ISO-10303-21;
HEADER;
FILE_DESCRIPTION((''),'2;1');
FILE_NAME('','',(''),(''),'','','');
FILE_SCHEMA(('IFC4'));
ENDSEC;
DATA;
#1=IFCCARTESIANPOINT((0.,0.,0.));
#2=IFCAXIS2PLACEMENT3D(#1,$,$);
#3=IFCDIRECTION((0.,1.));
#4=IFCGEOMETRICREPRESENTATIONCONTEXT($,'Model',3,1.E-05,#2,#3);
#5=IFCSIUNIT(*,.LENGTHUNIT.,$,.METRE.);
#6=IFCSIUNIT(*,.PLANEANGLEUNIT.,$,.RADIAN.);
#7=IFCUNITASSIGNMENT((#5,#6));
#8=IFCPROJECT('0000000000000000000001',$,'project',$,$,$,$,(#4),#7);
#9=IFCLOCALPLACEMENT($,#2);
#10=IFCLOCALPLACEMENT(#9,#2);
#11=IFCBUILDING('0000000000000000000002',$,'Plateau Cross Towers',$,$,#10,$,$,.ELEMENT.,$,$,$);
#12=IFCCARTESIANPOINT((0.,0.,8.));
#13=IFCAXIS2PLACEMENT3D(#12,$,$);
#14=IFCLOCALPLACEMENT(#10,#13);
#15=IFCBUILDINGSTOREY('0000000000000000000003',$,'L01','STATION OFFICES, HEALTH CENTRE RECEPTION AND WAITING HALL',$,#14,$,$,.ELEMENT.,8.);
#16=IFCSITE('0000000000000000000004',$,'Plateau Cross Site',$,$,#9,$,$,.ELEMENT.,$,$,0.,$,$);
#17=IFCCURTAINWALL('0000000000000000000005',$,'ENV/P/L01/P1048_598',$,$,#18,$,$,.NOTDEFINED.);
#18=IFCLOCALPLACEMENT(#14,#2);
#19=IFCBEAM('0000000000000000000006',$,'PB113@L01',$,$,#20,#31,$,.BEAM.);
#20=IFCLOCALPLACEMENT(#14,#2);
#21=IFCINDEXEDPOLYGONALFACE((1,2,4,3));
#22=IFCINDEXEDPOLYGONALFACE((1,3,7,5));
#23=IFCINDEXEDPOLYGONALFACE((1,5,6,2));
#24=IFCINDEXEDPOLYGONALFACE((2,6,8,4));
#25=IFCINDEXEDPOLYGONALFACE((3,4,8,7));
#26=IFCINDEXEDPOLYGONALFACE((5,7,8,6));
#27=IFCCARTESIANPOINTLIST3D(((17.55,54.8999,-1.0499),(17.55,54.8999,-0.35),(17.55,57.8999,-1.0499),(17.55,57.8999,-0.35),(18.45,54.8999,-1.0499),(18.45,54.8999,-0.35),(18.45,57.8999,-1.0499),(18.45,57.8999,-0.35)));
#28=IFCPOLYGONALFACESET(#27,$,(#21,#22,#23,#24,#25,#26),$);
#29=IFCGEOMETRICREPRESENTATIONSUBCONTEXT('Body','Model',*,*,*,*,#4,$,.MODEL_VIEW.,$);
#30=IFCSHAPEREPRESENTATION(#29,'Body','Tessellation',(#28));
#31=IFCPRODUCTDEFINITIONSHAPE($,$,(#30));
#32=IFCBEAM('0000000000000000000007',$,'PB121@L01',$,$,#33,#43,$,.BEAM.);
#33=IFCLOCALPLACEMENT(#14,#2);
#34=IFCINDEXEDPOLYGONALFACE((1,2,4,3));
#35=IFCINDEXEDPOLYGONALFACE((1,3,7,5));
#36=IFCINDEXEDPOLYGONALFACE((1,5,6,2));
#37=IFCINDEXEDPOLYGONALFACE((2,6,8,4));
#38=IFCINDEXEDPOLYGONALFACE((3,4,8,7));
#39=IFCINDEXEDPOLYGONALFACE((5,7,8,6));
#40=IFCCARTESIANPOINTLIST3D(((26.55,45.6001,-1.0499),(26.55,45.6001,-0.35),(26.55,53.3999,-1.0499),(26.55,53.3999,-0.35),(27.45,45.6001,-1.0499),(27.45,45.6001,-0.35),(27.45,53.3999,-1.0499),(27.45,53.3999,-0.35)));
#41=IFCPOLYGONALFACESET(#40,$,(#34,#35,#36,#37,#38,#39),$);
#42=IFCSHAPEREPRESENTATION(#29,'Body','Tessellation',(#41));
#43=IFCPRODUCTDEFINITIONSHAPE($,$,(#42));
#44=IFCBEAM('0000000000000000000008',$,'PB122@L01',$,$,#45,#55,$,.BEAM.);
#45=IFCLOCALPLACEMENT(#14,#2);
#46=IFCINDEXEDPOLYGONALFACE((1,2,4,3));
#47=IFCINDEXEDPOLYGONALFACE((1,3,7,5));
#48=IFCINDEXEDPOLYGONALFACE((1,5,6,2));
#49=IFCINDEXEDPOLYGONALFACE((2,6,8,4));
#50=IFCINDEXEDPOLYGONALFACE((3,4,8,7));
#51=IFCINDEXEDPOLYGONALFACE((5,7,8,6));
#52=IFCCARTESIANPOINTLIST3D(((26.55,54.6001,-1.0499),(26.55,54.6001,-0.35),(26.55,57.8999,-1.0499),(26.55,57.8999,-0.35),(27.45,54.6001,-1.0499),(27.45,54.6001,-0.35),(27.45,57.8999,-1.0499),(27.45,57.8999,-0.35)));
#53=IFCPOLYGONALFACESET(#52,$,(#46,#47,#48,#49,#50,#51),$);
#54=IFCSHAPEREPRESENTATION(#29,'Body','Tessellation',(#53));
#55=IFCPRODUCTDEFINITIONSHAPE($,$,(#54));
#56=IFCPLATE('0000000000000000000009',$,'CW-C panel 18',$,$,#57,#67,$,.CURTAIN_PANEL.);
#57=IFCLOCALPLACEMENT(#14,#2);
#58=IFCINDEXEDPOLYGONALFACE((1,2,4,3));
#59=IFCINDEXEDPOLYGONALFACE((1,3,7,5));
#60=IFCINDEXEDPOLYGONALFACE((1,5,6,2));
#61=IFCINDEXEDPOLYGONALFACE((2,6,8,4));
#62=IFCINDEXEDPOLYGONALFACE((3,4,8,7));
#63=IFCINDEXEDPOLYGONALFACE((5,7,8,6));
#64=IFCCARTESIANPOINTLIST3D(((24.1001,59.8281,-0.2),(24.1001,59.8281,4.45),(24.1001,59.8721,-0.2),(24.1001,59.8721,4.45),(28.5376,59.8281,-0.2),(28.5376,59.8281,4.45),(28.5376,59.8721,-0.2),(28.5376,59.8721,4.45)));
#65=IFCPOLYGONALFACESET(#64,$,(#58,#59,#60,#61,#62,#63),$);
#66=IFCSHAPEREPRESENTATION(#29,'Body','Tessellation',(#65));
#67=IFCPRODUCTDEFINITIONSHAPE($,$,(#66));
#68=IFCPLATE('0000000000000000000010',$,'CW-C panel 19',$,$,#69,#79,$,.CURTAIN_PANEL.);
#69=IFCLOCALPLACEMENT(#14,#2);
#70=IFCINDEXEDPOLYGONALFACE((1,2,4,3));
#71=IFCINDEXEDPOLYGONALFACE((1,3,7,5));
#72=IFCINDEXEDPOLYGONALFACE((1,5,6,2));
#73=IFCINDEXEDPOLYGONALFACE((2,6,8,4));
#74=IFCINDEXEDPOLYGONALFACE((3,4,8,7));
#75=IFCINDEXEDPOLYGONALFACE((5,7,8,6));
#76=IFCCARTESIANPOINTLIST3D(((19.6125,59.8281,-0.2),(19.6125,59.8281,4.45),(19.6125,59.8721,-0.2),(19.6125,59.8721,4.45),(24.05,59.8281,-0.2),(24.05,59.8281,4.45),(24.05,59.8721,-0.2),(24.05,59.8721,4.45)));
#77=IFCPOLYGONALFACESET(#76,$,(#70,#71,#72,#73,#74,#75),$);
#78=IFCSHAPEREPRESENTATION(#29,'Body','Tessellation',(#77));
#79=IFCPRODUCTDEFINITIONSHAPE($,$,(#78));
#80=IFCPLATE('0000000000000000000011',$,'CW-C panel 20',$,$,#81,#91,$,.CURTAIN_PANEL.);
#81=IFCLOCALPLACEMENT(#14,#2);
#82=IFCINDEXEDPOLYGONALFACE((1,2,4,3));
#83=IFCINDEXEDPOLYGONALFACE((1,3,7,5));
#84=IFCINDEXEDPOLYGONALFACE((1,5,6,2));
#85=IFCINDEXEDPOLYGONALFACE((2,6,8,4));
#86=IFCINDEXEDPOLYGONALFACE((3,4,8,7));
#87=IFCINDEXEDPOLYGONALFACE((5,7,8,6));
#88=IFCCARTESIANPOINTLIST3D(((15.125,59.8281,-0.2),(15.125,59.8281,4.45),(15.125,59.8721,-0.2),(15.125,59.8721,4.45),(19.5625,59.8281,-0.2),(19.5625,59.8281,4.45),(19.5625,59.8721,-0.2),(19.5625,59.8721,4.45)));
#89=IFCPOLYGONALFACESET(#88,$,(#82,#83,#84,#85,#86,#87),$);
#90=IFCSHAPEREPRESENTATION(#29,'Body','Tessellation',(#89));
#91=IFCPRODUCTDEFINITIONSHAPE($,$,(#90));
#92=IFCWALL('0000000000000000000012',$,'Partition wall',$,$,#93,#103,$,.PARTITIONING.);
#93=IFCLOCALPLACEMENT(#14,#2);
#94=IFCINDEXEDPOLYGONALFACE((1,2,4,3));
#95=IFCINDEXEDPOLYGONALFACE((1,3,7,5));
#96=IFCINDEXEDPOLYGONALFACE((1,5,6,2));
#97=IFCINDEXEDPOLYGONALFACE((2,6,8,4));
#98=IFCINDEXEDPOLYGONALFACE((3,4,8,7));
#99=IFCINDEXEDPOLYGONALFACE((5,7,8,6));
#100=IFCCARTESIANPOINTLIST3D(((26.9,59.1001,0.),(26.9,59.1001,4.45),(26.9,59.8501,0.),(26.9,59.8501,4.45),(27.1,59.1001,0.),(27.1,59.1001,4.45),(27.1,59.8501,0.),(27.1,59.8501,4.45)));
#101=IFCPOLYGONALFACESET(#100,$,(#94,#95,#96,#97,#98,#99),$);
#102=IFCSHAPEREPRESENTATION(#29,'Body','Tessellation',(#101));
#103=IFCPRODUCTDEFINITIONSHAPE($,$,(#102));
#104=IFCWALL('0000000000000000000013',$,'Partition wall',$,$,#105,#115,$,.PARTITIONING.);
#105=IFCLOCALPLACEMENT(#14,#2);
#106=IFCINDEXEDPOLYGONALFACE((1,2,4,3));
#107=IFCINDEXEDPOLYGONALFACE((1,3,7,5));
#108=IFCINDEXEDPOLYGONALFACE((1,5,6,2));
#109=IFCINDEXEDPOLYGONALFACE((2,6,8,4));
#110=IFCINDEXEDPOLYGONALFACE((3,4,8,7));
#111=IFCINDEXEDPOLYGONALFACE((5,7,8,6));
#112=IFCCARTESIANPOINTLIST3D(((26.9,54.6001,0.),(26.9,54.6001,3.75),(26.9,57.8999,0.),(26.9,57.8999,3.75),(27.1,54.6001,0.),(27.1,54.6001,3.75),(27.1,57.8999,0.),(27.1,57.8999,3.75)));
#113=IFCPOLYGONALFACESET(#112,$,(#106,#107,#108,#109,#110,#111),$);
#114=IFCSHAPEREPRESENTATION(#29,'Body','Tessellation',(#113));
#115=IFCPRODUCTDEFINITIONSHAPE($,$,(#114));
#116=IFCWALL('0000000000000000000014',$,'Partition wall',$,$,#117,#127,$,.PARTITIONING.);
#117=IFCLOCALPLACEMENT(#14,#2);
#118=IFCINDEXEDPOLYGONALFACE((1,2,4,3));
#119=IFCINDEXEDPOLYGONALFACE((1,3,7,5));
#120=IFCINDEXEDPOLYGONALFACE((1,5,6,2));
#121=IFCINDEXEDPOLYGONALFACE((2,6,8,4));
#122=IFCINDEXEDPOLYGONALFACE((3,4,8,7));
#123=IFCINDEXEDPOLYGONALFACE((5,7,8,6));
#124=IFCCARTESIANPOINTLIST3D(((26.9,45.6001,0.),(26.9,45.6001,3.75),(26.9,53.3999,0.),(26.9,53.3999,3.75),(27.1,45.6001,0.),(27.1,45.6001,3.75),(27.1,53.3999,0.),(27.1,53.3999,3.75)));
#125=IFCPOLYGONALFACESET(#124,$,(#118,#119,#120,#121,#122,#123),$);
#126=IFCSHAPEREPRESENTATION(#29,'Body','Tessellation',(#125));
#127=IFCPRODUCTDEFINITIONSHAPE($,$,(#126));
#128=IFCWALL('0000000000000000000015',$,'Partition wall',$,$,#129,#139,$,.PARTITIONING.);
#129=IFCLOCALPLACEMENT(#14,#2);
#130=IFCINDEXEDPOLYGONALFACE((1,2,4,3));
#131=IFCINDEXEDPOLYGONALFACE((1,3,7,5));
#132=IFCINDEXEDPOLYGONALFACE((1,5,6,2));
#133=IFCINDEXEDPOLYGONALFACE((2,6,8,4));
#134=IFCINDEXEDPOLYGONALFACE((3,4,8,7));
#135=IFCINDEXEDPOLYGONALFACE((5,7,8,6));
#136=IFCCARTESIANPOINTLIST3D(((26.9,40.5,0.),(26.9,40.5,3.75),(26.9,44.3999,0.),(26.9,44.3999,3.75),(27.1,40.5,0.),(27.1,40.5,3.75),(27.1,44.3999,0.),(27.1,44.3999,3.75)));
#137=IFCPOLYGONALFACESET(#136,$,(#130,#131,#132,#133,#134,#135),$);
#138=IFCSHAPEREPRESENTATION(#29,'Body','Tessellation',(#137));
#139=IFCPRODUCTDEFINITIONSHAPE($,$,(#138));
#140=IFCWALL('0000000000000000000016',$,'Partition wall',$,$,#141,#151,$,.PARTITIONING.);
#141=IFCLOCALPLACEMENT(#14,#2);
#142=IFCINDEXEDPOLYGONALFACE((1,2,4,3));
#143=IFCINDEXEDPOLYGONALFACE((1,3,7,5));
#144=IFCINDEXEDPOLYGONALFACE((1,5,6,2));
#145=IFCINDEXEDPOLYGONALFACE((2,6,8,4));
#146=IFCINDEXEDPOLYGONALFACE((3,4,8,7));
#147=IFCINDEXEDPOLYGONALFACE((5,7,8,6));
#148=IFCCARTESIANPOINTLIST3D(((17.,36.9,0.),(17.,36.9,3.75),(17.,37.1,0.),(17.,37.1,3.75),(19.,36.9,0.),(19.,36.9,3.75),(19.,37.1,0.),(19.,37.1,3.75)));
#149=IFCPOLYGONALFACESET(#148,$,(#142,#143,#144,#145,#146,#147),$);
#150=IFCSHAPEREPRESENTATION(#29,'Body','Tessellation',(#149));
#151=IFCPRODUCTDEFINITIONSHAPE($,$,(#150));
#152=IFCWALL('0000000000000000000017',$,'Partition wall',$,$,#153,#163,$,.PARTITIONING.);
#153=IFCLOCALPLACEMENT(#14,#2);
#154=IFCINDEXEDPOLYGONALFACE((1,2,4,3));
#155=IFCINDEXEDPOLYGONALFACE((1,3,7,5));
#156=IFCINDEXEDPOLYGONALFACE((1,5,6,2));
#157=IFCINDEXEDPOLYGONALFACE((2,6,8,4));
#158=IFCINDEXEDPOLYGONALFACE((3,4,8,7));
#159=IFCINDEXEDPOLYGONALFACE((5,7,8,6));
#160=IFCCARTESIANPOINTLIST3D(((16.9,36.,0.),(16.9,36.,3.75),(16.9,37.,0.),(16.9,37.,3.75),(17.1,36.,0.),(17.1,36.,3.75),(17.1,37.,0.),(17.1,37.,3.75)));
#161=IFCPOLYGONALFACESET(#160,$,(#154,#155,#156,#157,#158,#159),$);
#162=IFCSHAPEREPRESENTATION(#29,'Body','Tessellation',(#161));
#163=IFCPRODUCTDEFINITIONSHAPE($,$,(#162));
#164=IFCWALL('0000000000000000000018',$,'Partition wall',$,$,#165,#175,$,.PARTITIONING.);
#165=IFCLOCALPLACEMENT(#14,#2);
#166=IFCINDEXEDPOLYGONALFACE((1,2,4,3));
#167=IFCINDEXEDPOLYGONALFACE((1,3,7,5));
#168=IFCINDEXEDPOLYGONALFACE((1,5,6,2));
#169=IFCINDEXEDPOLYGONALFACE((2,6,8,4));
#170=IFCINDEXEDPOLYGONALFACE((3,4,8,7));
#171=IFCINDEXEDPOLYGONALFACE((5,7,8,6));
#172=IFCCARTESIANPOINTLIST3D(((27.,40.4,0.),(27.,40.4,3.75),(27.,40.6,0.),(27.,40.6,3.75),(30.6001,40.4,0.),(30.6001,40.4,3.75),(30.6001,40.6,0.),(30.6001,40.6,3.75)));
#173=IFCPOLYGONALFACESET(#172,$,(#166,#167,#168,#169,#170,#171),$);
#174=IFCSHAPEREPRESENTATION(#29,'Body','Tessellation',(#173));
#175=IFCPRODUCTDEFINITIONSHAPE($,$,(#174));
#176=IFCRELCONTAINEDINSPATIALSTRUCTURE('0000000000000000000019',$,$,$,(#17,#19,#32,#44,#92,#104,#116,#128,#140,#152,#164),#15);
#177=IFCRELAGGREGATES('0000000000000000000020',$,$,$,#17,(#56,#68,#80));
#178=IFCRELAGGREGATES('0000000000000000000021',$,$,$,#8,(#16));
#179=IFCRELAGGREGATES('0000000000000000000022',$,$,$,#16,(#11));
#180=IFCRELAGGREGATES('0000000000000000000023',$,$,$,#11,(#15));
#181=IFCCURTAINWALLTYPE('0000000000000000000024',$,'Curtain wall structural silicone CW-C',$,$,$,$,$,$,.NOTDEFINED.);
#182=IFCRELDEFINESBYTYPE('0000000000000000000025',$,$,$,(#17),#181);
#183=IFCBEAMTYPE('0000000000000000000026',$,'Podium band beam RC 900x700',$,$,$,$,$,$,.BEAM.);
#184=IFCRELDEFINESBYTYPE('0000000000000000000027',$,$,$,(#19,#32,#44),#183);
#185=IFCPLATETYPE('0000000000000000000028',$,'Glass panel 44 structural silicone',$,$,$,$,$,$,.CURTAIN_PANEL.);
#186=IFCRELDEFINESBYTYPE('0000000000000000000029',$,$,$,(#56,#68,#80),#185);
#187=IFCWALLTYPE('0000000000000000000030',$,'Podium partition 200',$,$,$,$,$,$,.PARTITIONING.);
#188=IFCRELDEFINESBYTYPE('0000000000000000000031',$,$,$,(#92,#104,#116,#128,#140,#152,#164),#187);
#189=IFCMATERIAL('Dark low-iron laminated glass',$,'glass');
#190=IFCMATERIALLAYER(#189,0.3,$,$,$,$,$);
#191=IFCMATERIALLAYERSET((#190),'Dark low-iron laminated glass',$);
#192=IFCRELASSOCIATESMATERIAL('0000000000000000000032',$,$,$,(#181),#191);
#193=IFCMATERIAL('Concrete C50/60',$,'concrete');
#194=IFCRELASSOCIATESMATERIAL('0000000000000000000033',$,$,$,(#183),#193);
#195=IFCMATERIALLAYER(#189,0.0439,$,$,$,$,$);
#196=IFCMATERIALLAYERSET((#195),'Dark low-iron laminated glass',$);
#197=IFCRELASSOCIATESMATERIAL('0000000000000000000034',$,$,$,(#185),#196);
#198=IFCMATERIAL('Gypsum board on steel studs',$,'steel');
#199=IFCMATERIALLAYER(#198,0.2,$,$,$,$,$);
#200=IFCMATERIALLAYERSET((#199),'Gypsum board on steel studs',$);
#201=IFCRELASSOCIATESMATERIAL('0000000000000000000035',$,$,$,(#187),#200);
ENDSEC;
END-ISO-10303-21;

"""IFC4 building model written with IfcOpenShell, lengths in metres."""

from ifc_helpers import new_model, si_unit, direction, frame, frame_2d, origin, origin_2d, place, context, subcontext, project, spatial, rectangle, extrude, material, layer, layer_set, material_profile, profile_set, type_object, element, aggregate, save


model = new_model("IFC4")

# Units and contexts
model_context = context("Model", 3, precision=1e-05, world=origin(), true_north=direction((0.0, 1.0)))
body_context = subcontext(model_context, "Body", "Model", "MODEL_VIEW")
ifc_project = project(units=[si_unit("LENGTHUNIT", "METRE"), si_unit("PLANEANGLEUNIT", "RADIAN")], contexts=[model_context])

# Site, building, storey
site_placement = place(None, origin())
site = spatial("IfcSite", under=ifc_project, at=site_placement, Name="Plateau Cross Site", CompositionType="ELEMENT", RefElevation=0.0)
building_placement = place(site_placement, origin())
building = spatial("IfcBuilding", under=site, at=building_placement, Name="Plateau Cross Towers", CompositionType="ELEMENT")
storey_placement = place(building_placement, frame((0.0, 0.0, 8.0)))
storey = spatial("IfcBuildingStorey", under=building, at=storey_placement, Name="L01", Description="STATION OFFICES, HEALTH CENTRE RECEPTION AND WAITING HALL", CompositionType="ELEMENT", Elevation=8.0)

# Curtain wall
ifc_material_1 = material(Name="Dark low-iron laminated glass", Category="glass")
ifc_layer_1 = layer(ifc_material_1, 0.3)
ifc_layer_set_1 = layer_set([ifc_layer_1], Name="Dark low-iron laminated glass")
curtain_wall_type = type_object("IfcCurtainWallType", Name="Curtain wall structural silicone CW-C", PredefinedType="NOTDEFINED", material=ifc_layer_set_1)
curtain_wall_placement = place(storey_placement, origin())
curtain_wall = element("IfcCurtainWall", 1, at=curtain_wall_placement, inside=storey, type_object=curtain_wall_type, Name="ENV/P/L01/P1048_598", PredefinedType="NOTDEFINED")

# Beams
ifc_material_2 = material(Name="Concrete C50/60", Category="concrete")
ifc_material_profile_1 = material_profile(ifc_material_2, rectangle(XDim=0.8999, YDim=0.7, at=origin_2d()), Name="RC 900x700")
ifc_profile_set_1 = profile_set([ifc_material_profile_1], Name="Concrete C50/60")
beam_type = type_object("IfcBeamType", Name="Podium band beam RC 900x700", PredefinedType="BEAM", material=ifc_profile_set_1)
beam_1_placement = place(storey_placement, frame((18.0, 54.8999, -0.7), z_axis=(0.0, 1.0, 0.0), x_axis=(-1.0, 0.0, 0.0)))
element("IfcBeam", 2, at=beam_1_placement, inside=storey, type_object=beam_type, Name="PB113@L01", PredefinedType="BEAM", context=body_context, shape_type="SweptSolid", body=[
    extrude(rectangle(XDim=0.8999, YDim=0.7, at=origin_2d()), origin(), (0.0, 0.0, 1.0), 3.0),
])
beam_2_placement = place(storey_placement, frame((27.0, 45.6001, -0.7), z_axis=(0.0, 1.0, 0.0), x_axis=(-1.0, 0.0, 0.0)))
element("IfcBeam", 3, at=beam_2_placement, inside=storey, type_object=beam_type, Name="PB121@L01", PredefinedType="BEAM", context=body_context, shape_type="SweptSolid", body=[
    extrude(rectangle(XDim=0.8999, YDim=0.7, at=origin_2d()), origin(), (0.0, 0.0, 1.0), 7.7998),
])
beam_3_placement = place(storey_placement, frame((27.0, 54.6001, -0.7), z_axis=(0.0, 1.0, 0.0), x_axis=(-1.0, 0.0, 0.0)))
element("IfcBeam", 4, at=beam_3_placement, inside=storey, type_object=beam_type, Name="PB122@L01", PredefinedType="BEAM", context=body_context, shape_type="SweptSolid", body=[
    extrude(rectangle(XDim=0.8999, YDim=0.7, at=origin_2d()), origin(), (0.0, 0.0, 1.0), 3.2998),
])

# Plates
ifc_layer_2 = layer(ifc_material_1, 0.0439)
ifc_layer_set_2 = layer_set([ifc_layer_2], Name="Dark low-iron laminated glass")
plate_type = type_object("IfcPlateType", Name="Glass panel 44 structural silicone", PredefinedType="CURTAIN_PANEL", material=ifc_layer_set_2)
plate_1_placement = place(storey_placement, frame((26.3188, 59.8501, -0.2), z_axis=(0.0, 0.0, 1.0), x_axis=(-1.0, 0.0, 0.0)))
plate_1 = element("IfcPlate", 5, at=plate_1_placement, type_object=plate_type, Name="CW-C panel 18", PredefinedType="CURTAIN_PANEL", context=body_context, shape_type="SweptSolid", body=[
    extrude(rectangle(XDim=4.4375, YDim=0.0439, at=origin_2d()), origin(), (0.0, 0.0, 1.0), 4.6499),
])
plate_2_placement = place(storey_placement, frame((21.8313, 59.8501, -0.2), z_axis=(0.0, 0.0, 1.0), x_axis=(-1.0, 0.0, 0.0)))
plate_2 = element("IfcPlate", 6, at=plate_2_placement, type_object=plate_type, Name="CW-C panel 19", PredefinedType="CURTAIN_PANEL", context=body_context, shape_type="SweptSolid", body=[
    extrude(rectangle(XDim=4.4375, YDim=0.0439, at=origin_2d()), origin(), (0.0, 0.0, 1.0), 4.6499),
])
plate_3_placement = place(storey_placement, frame((17.3438, 59.8501, -0.2), z_axis=(0.0, 0.0, 1.0), x_axis=(-1.0, 0.0, 0.0)))
plate_3 = element("IfcPlate", 7, at=plate_3_placement, type_object=plate_type, Name="CW-C panel 20", PredefinedType="CURTAIN_PANEL", context=body_context, shape_type="SweptSolid", body=[
    extrude(rectangle(XDim=4.4375, YDim=0.0439, at=origin_2d()), origin(), (0.0, 0.0, 1.0), 4.6499),
])
aggregate(curtain_wall, [plate_1, plate_2, plate_3])

# Walls
ifc_material_3 = material(Name="Gypsum board on steel studs", Category="steel")
ifc_layer_3 = layer(ifc_material_3, 0.2)
ifc_layer_set_3 = layer_set([ifc_layer_3], Name="Gypsum board on steel studs")
wall_type_1 = type_object("IfcWallType", Name="Podium partition 200", PredefinedType="PARTITIONING", material=ifc_layer_set_3)
wall_1_placement = place(storey_placement, frame((27.0, 59.8501, 0.0), z_axis=(0.0, 0.0, 1.0), x_axis=(0.0, -1.0, 0.0)))
element("IfcWall", 8, at=wall_1_placement, inside=storey, type_object=wall_type_1, Name="Partition wall", PredefinedType="PARTITIONING", context=body_context, shape_type="SweptSolid", body=[
    extrude(rectangle(XDim=0.75, YDim=0.2, at=frame_2d((0.375, 0.0))), origin(), (0.0, 0.0, 1.0), 4.45),
])
wall_2_placement = place(storey_placement, frame((27.0, 57.8999, 0.0), z_axis=(0.0, 0.0, 1.0), x_axis=(0.0, -1.0, 0.0)))
element("IfcWall", 9, at=wall_2_placement, inside=storey, type_object=wall_type_1, Name="Partition wall", PredefinedType="PARTITIONING", context=body_context, shape_type="SweptSolid", body=[
    extrude(rectangle(XDim=3.2998, YDim=0.2, at=frame_2d((1.6499, 0.0))), origin(), (0.0, 0.0, 1.0), 3.75),
])
wall_3_placement = place(storey_placement, frame((27.0, 53.3999, 0.0), z_axis=(0.0, 0.0, 1.0), x_axis=(0.0, -1.0, 0.0)))
element("IfcWall", 10, at=wall_3_placement, inside=storey, type_object=wall_type_1, Name="Partition wall", PredefinedType="PARTITIONING", context=body_context, shape_type="SweptSolid", body=[
    extrude(rectangle(XDim=7.7998, YDim=0.2, at=frame_2d((3.8999, 0.0))), origin(), (0.0, 0.0, 1.0), 3.75),
])
wall_4_placement = place(storey_placement, frame((27.0, 44.3999, 0.0), z_axis=(0.0, 0.0, 1.0), x_axis=(0.0, -1.0, 0.0)))
element("IfcWall", 11, at=wall_4_placement, inside=storey, type_object=wall_type_1, Name="Partition wall", PredefinedType="PARTITIONING", context=body_context, shape_type="SweptSolid", body=[
    extrude(rectangle(XDim=3.8999, YDim=0.2, at=frame_2d((1.95, 0.0))), origin(), (0.0, 0.0, 1.0), 3.75),
])
wall_5_placement = place(storey_placement, frame((19.0, 37.0, 0.0), z_axis=(0.0, 0.0, 1.0), x_axis=(-1.0, 0.0, 0.0)))
element("IfcWall", 12, at=wall_5_placement, inside=storey, type_object=wall_type_1, Name="Partition wall", PredefinedType="PARTITIONING", context=body_context, shape_type="SweptSolid", body=[
    extrude(rectangle(XDim=2.0, YDim=0.2, at=frame_2d((1.0, 0.0))), origin(), (0.0, 0.0, 1.0), 3.75),
])
wall_6_placement = place(storey_placement, frame((17.0, 37.0, 0.0), z_axis=(0.0, 0.0, 1.0), x_axis=(0.0, -1.0, 0.0)))
element("IfcWall", 13, at=wall_6_placement, inside=storey, type_object=wall_type_1, Name="Partition wall", PredefinedType="PARTITIONING", context=body_context, shape_type="SweptSolid", body=[
    extrude(rectangle(XDim=1.0, YDim=0.2, at=frame_2d((0.5, 0.0))), origin(), (0.0, 0.0, 1.0), 3.75),
])
wall_7_placement = place(storey_placement, frame((27.0, 40.5, 0.0), z_axis=(0.0, 0.0, 1.0), x_axis=(1.0, 0.0, 0.0)))
element("IfcWall", 14, at=wall_7_placement, inside=storey, type_object=wall_type_1, Name="Partition wall", PredefinedType="PARTITIONING", context=body_context, shape_type="SweptSolid", body=[
    extrude(rectangle(XDim=3.6001, YDim=0.2, at=frame_2d((1.8, 0.0))), origin(), (0.0, 0.0, 1.0), 3.75),
])

save(model, "model.ifc")
